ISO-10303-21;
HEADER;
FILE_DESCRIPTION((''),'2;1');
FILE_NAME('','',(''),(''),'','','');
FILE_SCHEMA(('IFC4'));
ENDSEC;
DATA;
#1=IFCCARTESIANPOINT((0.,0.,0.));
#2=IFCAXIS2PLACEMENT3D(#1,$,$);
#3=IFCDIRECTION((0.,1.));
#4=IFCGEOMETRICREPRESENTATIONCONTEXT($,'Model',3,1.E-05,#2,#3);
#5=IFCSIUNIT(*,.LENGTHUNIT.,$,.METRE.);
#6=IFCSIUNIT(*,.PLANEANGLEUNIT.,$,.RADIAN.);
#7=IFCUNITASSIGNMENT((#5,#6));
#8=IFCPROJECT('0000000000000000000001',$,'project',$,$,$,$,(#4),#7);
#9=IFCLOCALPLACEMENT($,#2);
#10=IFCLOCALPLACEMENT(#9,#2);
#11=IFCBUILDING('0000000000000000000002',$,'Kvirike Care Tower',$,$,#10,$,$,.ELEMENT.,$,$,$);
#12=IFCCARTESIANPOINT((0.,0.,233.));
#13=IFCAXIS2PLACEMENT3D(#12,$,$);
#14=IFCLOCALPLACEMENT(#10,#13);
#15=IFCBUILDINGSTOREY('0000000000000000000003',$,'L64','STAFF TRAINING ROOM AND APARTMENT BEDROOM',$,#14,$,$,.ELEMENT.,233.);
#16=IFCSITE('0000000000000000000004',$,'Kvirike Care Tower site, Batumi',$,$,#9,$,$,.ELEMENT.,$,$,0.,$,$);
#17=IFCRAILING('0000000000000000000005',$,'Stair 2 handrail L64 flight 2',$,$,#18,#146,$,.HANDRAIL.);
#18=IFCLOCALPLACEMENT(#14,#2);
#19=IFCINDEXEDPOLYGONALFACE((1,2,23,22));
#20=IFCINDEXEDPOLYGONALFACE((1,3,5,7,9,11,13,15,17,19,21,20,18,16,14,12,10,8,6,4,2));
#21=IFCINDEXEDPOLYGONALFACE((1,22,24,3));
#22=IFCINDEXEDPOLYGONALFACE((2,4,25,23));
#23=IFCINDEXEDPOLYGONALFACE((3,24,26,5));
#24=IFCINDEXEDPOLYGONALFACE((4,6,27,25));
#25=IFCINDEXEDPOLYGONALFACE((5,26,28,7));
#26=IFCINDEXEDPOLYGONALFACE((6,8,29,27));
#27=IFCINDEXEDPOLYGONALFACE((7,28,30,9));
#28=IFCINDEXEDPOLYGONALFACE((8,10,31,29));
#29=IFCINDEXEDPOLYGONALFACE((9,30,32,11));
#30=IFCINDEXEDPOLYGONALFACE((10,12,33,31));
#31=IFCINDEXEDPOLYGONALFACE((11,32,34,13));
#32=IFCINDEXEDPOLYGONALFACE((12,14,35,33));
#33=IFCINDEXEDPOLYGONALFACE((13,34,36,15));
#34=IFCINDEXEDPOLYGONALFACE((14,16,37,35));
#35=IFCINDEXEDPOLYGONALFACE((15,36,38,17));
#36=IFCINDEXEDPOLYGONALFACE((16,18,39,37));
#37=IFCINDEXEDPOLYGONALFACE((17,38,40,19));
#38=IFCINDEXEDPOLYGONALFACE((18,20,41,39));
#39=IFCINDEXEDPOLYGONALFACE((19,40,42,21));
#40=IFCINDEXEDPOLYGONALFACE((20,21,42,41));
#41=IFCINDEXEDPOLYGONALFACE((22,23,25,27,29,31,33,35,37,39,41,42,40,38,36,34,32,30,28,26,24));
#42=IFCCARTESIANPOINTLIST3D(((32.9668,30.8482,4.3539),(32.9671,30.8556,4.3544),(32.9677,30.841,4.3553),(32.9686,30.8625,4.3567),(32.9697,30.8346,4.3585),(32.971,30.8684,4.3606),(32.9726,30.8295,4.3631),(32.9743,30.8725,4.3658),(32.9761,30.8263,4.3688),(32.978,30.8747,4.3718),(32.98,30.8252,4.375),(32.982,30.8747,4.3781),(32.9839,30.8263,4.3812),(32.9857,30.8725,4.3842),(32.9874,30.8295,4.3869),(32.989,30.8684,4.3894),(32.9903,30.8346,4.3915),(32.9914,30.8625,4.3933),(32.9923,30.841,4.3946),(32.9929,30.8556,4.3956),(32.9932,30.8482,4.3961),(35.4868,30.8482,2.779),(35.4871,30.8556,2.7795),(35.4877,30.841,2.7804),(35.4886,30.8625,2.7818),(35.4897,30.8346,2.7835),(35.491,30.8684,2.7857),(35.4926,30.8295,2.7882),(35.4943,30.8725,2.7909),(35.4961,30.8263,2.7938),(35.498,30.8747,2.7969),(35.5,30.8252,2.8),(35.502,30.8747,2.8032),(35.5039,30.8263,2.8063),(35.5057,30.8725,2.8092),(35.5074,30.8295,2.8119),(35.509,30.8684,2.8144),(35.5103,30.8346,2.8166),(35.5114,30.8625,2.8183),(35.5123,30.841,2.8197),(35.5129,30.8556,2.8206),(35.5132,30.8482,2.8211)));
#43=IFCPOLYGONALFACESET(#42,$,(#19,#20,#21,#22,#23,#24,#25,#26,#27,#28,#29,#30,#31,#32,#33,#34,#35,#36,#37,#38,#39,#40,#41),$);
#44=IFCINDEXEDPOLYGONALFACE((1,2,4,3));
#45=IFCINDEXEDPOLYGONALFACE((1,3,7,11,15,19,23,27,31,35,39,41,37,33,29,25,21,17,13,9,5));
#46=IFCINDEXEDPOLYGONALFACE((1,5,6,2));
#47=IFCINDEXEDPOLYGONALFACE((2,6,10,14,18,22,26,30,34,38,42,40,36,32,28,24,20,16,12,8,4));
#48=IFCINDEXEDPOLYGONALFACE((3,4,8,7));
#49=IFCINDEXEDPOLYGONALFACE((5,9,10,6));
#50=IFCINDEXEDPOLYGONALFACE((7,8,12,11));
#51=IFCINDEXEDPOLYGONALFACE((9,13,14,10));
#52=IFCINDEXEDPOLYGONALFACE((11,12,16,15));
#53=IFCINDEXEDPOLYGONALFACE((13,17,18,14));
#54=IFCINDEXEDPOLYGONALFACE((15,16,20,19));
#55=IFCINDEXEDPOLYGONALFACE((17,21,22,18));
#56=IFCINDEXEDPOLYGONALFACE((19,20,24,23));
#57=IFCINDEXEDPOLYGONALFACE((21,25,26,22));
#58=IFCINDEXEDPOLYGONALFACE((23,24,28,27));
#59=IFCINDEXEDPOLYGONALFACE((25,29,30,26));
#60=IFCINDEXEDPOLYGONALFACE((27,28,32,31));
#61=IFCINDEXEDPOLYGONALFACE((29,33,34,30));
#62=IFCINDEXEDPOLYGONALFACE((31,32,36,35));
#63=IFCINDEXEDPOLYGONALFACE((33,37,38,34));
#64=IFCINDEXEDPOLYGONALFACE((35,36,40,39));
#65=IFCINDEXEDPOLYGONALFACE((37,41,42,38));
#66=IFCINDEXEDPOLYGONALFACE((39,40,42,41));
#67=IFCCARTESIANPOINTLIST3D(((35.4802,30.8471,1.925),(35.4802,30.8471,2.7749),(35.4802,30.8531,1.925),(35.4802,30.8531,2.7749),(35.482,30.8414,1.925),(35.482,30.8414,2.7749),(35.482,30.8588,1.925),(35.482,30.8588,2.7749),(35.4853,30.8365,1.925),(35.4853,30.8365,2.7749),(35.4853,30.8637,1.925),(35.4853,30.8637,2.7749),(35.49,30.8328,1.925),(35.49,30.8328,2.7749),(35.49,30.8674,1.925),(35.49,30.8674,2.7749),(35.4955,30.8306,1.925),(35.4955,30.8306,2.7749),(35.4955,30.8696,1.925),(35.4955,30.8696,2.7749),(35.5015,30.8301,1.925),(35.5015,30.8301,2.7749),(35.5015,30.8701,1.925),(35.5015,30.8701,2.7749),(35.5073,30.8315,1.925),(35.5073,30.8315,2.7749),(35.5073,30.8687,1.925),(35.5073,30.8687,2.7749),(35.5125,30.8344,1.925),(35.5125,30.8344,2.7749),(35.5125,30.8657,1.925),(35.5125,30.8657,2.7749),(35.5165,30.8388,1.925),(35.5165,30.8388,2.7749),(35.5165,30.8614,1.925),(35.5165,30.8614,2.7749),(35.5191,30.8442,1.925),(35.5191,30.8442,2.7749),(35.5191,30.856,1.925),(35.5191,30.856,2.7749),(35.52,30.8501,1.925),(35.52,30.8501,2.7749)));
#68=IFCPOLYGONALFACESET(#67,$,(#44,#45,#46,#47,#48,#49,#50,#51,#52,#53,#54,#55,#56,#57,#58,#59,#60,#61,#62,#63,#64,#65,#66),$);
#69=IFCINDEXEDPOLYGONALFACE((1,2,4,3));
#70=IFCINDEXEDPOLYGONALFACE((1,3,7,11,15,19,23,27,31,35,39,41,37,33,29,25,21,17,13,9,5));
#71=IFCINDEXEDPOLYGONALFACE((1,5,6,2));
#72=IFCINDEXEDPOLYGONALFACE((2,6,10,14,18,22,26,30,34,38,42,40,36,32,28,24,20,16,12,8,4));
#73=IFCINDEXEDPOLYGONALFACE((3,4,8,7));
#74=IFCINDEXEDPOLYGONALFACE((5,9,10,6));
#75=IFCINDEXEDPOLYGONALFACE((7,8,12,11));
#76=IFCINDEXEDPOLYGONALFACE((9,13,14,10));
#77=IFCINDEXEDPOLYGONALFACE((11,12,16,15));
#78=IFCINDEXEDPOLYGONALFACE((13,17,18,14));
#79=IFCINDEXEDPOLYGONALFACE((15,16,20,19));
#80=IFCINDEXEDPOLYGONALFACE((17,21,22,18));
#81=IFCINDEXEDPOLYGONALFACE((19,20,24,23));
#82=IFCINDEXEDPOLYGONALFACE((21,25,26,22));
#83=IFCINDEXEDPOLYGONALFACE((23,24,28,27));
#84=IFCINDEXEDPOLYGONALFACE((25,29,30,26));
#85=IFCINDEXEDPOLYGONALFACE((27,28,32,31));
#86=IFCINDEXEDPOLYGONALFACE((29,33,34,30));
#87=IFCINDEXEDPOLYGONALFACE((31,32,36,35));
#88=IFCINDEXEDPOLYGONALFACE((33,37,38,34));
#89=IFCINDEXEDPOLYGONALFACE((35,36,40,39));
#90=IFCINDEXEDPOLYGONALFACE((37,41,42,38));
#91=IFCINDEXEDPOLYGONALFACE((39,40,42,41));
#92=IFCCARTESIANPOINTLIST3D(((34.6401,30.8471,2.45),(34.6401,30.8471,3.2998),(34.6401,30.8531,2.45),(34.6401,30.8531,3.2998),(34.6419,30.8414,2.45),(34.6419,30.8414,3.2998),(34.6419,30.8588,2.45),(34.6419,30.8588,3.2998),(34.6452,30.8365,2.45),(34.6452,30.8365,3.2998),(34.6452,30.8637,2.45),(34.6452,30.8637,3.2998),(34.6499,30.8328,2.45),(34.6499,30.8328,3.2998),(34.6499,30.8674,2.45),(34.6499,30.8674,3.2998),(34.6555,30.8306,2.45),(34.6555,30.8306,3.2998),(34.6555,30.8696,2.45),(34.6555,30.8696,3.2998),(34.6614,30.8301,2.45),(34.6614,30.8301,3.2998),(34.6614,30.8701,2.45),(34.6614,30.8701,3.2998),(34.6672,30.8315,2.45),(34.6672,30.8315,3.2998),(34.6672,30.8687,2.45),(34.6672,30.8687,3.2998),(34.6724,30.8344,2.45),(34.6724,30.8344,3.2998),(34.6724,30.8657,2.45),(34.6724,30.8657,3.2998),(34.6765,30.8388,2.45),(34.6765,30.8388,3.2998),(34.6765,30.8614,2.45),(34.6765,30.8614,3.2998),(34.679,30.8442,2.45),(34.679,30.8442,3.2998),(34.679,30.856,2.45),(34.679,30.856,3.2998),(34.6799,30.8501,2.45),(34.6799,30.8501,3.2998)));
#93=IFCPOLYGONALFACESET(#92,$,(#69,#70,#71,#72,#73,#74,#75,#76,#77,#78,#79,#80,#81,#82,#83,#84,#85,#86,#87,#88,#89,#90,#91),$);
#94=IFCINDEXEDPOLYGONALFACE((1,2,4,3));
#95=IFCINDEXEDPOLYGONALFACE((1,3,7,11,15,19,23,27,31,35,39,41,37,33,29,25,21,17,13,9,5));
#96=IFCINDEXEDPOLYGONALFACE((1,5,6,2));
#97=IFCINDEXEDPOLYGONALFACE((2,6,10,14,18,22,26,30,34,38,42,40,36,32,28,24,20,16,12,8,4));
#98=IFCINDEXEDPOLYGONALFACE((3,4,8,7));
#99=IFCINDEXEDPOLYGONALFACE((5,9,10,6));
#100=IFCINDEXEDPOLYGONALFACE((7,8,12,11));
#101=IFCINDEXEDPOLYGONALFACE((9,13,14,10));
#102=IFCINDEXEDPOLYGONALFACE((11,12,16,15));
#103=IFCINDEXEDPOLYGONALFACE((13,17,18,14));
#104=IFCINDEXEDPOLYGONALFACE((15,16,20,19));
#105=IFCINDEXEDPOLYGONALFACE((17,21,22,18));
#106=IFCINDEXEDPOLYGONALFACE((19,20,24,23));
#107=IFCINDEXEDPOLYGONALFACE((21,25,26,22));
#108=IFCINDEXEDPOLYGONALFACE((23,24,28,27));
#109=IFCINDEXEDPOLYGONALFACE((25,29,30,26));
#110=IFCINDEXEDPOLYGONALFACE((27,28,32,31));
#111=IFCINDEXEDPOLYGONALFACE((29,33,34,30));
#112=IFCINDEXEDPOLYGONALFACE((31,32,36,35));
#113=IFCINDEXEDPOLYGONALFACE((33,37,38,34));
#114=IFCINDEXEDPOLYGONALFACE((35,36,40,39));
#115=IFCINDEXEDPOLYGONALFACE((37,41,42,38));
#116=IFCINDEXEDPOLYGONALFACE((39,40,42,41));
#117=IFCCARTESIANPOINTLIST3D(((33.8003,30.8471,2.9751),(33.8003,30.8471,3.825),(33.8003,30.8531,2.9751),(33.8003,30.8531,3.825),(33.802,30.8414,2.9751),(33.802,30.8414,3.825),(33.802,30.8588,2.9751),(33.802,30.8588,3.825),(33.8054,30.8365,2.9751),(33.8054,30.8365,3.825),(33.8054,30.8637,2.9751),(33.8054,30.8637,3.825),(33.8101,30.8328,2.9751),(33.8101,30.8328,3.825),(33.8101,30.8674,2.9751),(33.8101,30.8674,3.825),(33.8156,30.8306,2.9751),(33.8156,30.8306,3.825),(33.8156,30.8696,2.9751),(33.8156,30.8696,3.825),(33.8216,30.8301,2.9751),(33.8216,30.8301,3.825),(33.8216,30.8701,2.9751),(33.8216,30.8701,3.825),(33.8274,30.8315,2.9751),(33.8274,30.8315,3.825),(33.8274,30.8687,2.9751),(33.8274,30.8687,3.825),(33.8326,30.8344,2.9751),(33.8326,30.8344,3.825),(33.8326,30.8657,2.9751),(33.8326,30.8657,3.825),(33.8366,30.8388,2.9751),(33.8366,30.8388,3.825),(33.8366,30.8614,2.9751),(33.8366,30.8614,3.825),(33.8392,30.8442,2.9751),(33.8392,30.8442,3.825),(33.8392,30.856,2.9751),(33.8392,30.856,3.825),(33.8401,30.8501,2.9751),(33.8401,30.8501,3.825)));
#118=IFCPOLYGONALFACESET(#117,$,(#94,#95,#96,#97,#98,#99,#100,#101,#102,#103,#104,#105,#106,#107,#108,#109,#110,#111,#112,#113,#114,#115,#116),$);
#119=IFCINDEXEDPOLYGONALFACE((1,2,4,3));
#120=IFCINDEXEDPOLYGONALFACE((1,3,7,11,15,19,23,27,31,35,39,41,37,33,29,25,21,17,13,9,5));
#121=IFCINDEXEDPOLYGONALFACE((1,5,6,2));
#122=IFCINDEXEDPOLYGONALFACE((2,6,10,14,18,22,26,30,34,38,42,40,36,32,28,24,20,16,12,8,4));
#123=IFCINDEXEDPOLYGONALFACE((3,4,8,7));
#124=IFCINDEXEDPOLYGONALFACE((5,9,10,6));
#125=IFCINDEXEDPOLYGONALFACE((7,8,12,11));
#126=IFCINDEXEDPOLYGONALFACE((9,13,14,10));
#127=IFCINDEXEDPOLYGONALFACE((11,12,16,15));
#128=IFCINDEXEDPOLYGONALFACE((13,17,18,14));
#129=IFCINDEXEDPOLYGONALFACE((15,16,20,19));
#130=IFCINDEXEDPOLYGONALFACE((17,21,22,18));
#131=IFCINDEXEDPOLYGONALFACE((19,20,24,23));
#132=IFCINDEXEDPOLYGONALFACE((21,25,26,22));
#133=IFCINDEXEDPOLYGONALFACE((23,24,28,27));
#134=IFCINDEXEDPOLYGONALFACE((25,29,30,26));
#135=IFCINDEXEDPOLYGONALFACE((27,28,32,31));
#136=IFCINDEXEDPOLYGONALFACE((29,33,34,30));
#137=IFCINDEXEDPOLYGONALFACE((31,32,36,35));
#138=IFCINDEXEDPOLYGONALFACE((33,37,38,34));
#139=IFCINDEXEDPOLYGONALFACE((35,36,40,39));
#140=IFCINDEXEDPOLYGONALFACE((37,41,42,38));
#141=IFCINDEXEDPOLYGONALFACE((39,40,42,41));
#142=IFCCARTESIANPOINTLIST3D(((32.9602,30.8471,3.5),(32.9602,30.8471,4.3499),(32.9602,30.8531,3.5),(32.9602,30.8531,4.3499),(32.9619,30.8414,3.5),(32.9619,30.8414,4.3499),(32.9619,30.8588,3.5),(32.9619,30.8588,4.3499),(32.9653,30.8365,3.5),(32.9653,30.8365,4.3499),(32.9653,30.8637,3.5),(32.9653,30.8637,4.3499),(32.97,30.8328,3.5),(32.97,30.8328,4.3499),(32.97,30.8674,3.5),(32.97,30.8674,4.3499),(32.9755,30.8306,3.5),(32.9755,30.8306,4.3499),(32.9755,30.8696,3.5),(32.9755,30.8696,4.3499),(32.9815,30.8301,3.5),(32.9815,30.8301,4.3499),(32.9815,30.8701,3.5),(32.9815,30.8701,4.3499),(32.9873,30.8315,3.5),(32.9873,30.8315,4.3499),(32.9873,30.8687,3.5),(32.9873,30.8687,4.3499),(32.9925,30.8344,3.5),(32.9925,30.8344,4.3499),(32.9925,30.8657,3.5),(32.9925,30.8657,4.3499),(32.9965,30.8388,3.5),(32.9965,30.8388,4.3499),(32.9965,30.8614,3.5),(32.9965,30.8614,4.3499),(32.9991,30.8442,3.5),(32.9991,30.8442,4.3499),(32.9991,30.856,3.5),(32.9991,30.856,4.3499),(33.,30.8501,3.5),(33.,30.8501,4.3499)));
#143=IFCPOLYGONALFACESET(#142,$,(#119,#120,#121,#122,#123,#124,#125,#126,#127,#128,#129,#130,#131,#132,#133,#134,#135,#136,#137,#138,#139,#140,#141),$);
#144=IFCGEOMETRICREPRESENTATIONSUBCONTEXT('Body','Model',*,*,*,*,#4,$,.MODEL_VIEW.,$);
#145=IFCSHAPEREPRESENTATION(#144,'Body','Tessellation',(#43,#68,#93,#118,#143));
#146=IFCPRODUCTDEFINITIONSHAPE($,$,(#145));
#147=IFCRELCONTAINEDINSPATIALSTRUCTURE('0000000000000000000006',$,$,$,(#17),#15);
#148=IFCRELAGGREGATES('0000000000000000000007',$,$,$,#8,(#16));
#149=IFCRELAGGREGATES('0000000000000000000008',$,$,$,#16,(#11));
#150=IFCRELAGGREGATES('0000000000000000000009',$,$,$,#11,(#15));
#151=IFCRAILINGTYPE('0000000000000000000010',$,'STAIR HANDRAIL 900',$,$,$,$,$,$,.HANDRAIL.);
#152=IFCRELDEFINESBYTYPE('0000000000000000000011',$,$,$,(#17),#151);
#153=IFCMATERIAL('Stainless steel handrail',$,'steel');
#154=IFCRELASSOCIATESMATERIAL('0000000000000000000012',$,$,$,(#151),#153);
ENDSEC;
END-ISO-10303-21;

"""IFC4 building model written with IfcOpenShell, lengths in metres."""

from ifc_helpers import new_model, si_unit, direction, frame, origin, origin_2d, place, context, subcontext, project, spatial, circle, extrude, material, type_object, element, save


model = new_model("IFC4")

# Units and contexts
model_context = context("Model", 3, precision=1e-05, world=origin(), true_north=direction((0.0, 1.0)))
body_context = subcontext(model_context, "Body", "Model", "MODEL_VIEW")
ifc_project = project(units=[si_unit("LENGTHUNIT", "METRE"), si_unit("PLANEANGLEUNIT", "RADIAN")], contexts=[model_context])

# Site, building, storey
site_placement = place(None, origin())
site = spatial("IfcSite", under=ifc_project, at=site_placement, Name="Kvirike Care Tower site, Batumi", CompositionType="ELEMENT", RefElevation=0.0)
building_placement = place(site_placement, origin())
building = spatial("IfcBuilding", under=site, at=building_placement, Name="Kvirike Care Tower", CompositionType="ELEMENT")
storey_placement = place(building_placement, frame((0.0, 0.0, 233.0)))
storey = spatial("IfcBuildingStorey", under=building, at=storey_placement, Name="L64", Description="STAFF TRAINING ROOM AND APARTMENT BEDROOM", CompositionType="ELEMENT", Elevation=233.0)

# Railing
ifc_material_1 = material(Name="Stainless steel handrail", Category="steel")
railing_type = type_object("IfcRailingType", Name="STAIR HANDRAIL 900", PredefinedType="HANDRAIL", material=ifc_material_1)
railing_1_placement = place(storey_placement, frame((35.5, 30.8501, 1.925)))
element("IfcRailing", 1, at=railing_1_placement, inside=storey, type_object=railing_type, Name="Stair 2 handrail L64 flight 2", PredefinedType="HANDRAIL", context=body_context, shape_type="SweptSolid", body=[
    extrude(circle(Radius=0.0249, at=origin_2d()), frame((0.0, 0.0, 0.875), z_axis=(-0.848008, 0.0, 0.529984), x_axis=(0.0, -1.0, 0.0)), (0.0, 0.0, 1.0), 2.9717),
    extrude(circle(Radius=0.02, at=origin_2d()), origin(), (0.0, 0.0, 1.0), 0.8499),
    extrude(circle(Radius=0.02, at=origin_2d()), frame((-0.8401, 0.0, 0.5249)), (0.0, 0.0, 1.0), 0.8499),
    extrude(circle(Radius=0.02, at=origin_2d()), frame((-1.6799, 0.0, 1.05)), (0.0, 0.0, 1.0), 0.8499),
    extrude(circle(Radius=0.02, at=origin_2d()), frame((-2.52, 0.0, 1.575)), (0.0, 0.0, 1.0), 0.8499),
])

save(model, "model.ifc")
